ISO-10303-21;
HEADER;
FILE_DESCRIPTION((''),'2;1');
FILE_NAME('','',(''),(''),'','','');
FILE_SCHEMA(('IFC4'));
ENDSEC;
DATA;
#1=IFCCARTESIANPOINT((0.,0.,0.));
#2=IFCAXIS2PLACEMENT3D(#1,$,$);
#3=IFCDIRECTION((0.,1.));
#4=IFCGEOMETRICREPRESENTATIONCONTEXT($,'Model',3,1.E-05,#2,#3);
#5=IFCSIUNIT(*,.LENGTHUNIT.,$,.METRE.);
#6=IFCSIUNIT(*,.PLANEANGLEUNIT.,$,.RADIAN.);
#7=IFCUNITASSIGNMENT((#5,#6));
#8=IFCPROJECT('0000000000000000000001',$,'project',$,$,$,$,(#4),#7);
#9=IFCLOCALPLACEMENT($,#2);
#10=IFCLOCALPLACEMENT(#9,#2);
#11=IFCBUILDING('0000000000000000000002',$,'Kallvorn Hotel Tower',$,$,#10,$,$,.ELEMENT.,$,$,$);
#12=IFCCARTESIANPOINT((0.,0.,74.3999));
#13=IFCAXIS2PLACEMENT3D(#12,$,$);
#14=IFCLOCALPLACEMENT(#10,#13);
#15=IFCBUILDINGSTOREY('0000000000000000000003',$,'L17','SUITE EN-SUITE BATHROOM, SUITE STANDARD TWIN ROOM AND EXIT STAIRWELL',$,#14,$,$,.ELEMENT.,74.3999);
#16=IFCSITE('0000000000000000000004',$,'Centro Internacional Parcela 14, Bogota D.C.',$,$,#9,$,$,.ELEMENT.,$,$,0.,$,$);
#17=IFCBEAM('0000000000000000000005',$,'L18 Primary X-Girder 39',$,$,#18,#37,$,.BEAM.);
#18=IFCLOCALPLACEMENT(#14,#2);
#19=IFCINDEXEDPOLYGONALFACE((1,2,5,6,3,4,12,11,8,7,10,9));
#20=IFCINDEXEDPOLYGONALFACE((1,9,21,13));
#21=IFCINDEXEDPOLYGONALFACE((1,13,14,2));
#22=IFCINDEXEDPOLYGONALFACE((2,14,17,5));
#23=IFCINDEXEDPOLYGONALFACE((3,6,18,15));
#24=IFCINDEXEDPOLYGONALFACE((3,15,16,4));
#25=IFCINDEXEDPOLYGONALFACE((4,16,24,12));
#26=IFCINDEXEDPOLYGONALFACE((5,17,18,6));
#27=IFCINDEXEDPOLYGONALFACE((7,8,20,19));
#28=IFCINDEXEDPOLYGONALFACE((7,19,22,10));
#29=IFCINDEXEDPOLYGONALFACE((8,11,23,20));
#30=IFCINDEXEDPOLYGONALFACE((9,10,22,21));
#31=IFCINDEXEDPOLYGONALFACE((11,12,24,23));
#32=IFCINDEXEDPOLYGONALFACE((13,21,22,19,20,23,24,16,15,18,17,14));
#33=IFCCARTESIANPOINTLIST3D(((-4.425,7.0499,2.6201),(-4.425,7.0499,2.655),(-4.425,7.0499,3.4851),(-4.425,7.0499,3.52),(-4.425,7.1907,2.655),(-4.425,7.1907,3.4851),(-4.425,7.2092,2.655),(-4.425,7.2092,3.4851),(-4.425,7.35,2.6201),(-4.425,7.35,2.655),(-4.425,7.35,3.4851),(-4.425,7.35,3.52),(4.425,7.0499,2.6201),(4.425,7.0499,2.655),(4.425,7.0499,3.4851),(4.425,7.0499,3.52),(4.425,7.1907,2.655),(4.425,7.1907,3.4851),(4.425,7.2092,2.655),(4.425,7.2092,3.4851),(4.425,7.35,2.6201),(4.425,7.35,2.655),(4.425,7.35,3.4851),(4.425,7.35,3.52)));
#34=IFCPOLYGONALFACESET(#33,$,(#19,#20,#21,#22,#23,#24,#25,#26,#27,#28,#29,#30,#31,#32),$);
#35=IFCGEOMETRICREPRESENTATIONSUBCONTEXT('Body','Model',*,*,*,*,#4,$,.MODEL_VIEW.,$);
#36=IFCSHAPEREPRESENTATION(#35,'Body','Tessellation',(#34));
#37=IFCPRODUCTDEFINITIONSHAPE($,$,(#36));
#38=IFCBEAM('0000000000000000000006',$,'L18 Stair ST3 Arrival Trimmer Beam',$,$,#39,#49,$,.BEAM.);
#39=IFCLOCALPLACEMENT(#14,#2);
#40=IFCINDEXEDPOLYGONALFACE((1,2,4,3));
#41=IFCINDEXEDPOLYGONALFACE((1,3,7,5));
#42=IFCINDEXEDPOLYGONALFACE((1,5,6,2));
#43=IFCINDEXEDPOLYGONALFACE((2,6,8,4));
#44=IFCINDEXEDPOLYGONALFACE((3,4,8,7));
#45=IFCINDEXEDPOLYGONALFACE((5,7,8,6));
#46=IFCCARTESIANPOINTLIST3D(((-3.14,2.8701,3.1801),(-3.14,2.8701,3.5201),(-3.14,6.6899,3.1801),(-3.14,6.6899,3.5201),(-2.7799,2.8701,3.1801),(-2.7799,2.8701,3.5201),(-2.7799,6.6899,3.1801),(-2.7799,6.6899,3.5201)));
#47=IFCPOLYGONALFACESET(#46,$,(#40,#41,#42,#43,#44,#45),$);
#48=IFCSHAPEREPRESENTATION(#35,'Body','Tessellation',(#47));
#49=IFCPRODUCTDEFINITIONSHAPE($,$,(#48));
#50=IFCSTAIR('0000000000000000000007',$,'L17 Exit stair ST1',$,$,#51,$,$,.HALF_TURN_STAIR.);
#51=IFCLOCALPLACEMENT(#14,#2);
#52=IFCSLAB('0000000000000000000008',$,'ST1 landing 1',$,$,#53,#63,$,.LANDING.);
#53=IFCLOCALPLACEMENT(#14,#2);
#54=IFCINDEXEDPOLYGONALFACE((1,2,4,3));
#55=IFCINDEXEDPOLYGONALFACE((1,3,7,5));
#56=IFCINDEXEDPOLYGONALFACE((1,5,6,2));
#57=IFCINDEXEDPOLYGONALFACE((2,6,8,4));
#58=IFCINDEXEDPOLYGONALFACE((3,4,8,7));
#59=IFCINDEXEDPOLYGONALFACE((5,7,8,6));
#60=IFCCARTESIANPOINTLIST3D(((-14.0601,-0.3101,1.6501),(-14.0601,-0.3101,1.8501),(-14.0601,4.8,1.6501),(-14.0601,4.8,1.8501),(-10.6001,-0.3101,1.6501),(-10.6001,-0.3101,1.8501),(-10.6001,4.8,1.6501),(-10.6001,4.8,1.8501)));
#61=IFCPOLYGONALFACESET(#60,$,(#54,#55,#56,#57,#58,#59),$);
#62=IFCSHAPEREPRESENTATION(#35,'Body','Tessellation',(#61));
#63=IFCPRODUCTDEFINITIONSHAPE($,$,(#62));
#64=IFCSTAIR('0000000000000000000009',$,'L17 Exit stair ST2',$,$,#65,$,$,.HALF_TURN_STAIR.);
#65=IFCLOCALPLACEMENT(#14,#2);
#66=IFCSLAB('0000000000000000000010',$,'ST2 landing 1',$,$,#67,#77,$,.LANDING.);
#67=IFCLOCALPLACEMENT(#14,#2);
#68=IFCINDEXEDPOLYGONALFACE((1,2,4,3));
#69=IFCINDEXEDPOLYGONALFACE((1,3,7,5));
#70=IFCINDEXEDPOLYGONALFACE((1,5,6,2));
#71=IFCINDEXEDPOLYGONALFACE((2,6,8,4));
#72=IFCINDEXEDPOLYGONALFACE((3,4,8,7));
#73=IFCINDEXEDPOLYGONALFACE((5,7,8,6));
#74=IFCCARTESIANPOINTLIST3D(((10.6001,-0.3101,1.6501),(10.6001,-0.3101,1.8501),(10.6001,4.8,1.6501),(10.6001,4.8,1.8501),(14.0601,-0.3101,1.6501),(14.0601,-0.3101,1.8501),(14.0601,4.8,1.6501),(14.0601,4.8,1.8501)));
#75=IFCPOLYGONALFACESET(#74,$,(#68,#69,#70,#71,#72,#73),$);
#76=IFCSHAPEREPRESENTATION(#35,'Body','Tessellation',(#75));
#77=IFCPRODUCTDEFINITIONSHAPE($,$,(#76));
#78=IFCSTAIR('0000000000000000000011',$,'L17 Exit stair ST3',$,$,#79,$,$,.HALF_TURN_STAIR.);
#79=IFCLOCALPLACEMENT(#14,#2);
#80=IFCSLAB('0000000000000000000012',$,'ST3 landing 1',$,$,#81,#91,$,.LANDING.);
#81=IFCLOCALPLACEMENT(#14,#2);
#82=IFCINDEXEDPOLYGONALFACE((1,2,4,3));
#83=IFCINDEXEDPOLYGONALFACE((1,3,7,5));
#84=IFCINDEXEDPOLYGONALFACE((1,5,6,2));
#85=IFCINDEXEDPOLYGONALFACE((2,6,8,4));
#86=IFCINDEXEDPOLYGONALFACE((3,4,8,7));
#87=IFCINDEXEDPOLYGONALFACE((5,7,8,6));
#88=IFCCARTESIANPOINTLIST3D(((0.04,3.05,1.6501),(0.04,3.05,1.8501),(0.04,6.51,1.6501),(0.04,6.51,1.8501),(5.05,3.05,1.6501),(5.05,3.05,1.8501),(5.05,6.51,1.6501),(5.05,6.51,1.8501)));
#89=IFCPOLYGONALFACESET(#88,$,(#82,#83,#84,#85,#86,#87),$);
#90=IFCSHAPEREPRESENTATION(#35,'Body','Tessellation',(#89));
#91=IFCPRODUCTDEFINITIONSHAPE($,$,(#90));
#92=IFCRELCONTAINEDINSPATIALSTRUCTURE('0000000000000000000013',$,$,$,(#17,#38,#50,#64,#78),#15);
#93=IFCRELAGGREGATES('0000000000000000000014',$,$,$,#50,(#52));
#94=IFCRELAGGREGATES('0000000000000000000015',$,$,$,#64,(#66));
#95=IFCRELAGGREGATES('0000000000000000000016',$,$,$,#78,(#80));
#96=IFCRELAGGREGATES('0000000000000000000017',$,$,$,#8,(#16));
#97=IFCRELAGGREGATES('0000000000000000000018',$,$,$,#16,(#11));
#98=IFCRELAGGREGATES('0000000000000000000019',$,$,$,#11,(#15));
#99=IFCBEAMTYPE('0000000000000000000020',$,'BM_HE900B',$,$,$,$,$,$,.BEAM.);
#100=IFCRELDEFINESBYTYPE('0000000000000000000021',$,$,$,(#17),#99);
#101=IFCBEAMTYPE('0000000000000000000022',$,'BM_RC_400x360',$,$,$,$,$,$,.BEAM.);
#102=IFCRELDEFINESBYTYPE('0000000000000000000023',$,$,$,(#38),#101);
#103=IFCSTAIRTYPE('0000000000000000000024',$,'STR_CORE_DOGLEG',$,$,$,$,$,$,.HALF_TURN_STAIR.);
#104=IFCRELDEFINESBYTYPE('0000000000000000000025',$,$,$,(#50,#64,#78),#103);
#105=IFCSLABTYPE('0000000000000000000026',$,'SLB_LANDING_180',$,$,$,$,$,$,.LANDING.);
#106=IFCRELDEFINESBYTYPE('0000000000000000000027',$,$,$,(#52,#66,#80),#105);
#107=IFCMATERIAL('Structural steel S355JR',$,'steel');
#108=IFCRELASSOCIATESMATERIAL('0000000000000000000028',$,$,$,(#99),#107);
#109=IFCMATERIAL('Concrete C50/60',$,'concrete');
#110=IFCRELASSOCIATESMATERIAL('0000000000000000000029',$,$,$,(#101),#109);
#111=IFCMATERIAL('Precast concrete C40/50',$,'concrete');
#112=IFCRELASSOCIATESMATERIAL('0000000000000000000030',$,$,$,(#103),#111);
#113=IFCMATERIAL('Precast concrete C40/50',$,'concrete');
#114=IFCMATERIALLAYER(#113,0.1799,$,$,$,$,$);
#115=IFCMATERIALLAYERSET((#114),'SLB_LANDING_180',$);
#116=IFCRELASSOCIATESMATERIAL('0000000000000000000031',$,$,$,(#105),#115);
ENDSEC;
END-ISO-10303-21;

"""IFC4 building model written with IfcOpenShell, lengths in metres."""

from ifc_helpers import new_model, si_unit, direction, frame, origin, origin_2d, place, context, subcontext, project, spatial, polyline, rectangle, i_section, outline, extrude, material, layer, layer_set, material_profile, profile_set, type_object, element, aggregate, save


model = new_model("IFC4")

# Units and contexts
model_context = context("Model", 3, precision=1e-05, world=origin(), true_north=direction((0.0, 1.0)))
body_context = subcontext(model_context, "Body", "Model", "MODEL_VIEW")
ifc_project = project(units=[si_unit("LENGTHUNIT", "METRE"), si_unit("PLANEANGLEUNIT", "RADIAN")], contexts=[model_context])

# Site, building, storey
site_placement = place(None, origin())
site = spatial("IfcSite", under=ifc_project, at=site_placement, Name="Centro Internacional Parcela 14, Bogota D.C.", CompositionType="ELEMENT", RefElevation=0.0)
building_placement = place(site_placement, origin())
building = spatial("IfcBuilding", under=site, at=building_placement, Name="Kallvorn Hotel Tower", CompositionType="ELEMENT")
storey_placement = place(building_placement, frame((0.0, 0.0, 74.3999)))
storey = spatial("IfcBuildingStorey", under=building, at=storey_placement, Name="L17", Description="SUITE EN-SUITE BATHROOM, SUITE STANDARD TWIN ROOM AND EXIT STAIRWELL", CompositionType="ELEMENT", Elevation=74.3999)

# Beams
ifc_material_1 = material(Name="Structural steel S355JR", Category="steel")
ifc_material_profile_1 = material_profile(ifc_material_1, i_section(OverallWidth=0.3, OverallDepth=0.8999, WebThickness=0.0186, FlangeThickness=0.0349, at=origin_2d()), Name="HE 900 B")
ifc_profile_set_1 = profile_set([ifc_material_profile_1], Name="Structural steel S355JR")
beam_type_1 = type_object("IfcBeamType", Name="BM_HE900B", PredefinedType="BEAM", material=ifc_profile_set_1)
beam_1_placement = place(storey_placement, frame((-4.425, 7.2, 3.0701), z_axis=(1.0, 0.0, 0.0), x_axis=(0.0, 1.0, 0.0)))
element("IfcBeam", 1, at=beam_1_placement, inside=storey, type_object=beam_type_1, Name="L18 Primary X-Girder 39", PredefinedType="BEAM", context=body_context, shape_type="SweptSolid", body=[
    extrude(i_section(OverallWidth=0.3, OverallDepth=0.8999, WebThickness=0.0186, FlangeThickness=0.0349, at=origin_2d()), origin(), (0.0, 0.0, 1.0), 8.8501),
])
ifc_material_2 = material(Name="Concrete C50/60", Category="concrete")
ifc_material_profile_2 = material_profile(ifc_material_2, rectangle(XDim=0.3601, YDim=0.3401, at=origin_2d()), Name="RC 360x340")
ifc_profile_set_2 = profile_set([ifc_material_profile_2], Name="Concrete C50/60")
beam_type_2 = type_object("IfcBeamType", Name="BM_RC_400x360", PredefinedType="BEAM", material=ifc_profile_set_2)
beam_2_placement = place(storey_placement, frame((-2.96, 2.8701, 3.3501), z_axis=(0.0, 1.0, 0.0), x_axis=(-1.0, 0.0, 0.0)))
element("IfcBeam", 2, at=beam_2_placement, inside=storey, type_object=beam_type_2, Name="L18 Stair ST3 Arrival Trimmer Beam", PredefinedType="BEAM", context=body_context, shape_type="SweptSolid", body=[
    extrude(rectangle(XDim=0.3601, YDim=0.3401, at=origin_2d()), origin(), (0.0, 0.0, 1.0), 3.8198),
])

# Stairs, slabs
ifc_material_3 = material(Name="Precast concrete C40/50", Category="concrete")
stair_type = type_object("IfcStairType", Name="STR_CORE_DOGLEG", PredefinedType="HALF_TURN_STAIR", material=ifc_material_3)
stair_1_placement = place(storey_placement, origin())
stair_1 = element("IfcStair", 3, at=stair_1_placement, inside=storey, type_object=stair_type, Name="L17 Exit stair ST1", PredefinedType="HALF_TURN_STAIR")
ifc_material_4 = material(Name="Precast concrete C40/50", Category="concrete")
ifc_layer_1 = layer(ifc_material_4, 0.1799)
ifc_layer_set_1 = layer_set([ifc_layer_1], Name="SLB_LANDING_180")
slab_type_1 = type_object("IfcSlabType", Name="SLB_LANDING_180", PredefinedType="LANDING", material=ifc_layer_set_1)
slab_1_placement = place(storey_placement, frame((0.0, 0.0, 1.6501)))
slab_1 = element("IfcSlab", 4, at=slab_1_placement, type_object=slab_type_1, Name="ST1 landing 1", PredefinedType="LANDING", context=body_context, shape_type="SweptSolid", body=[
    extrude(outline(polyline([(-10.6001, -0.3101), (-10.6001, 4.8), (-14.0601, 4.8), (-14.0601, -0.3101), (-10.6001, -0.3101)])), origin(), (0.0, 0.0, 1.0), 0.2),
])
aggregate(stair_1, [slab_1])
stair_2_placement = place(storey_placement, origin())
stair_2 = element("IfcStair", 5, at=stair_2_placement, inside=storey, type_object=stair_type, Name="L17 Exit stair ST2", PredefinedType="HALF_TURN_STAIR")
slab_2_placement = place(storey_placement, frame((0.0, 0.0, 1.6501)))
slab_2 = element("IfcSlab", 6, at=slab_2_placement, type_object=slab_type_1, Name="ST2 landing 1", PredefinedType="LANDING", context=body_context, shape_type="SweptSolid", body=[
    extrude(outline(polyline([(14.0601, -0.3101), (14.0601, 4.8), (10.6001, 4.8), (10.6001, -0.3101), (14.0601, -0.3101)])), origin(), (0.0, 0.0, 1.0), 0.2),
])
aggregate(stair_2, [slab_2])
stair_3_placement = place(storey_placement, origin())
stair_3 = element("IfcStair", 7, at=stair_3_placement, inside=storey, type_object=stair_type, Name="L17 Exit stair ST3", PredefinedType="HALF_TURN_STAIR")
slab_3_placement = place(storey_placement, frame((0.0, 0.0, 1.6501)))
slab_3 = element("IfcSlab", 8, at=slab_3_placement, type_object=slab_type_1, Name="ST3 landing 1", PredefinedType="LANDING", context=body_context, shape_type="SweptSolid", body=[
    extrude(outline(polyline([(0.04, 3.05), (5.05, 3.05), (5.05, 6.51), (0.04, 6.51), (0.04, 3.05)])), origin(), (0.0, 0.0, 1.0), 0.2),
])

aggregate(stair_3, [slab_3])

save(model, "model.ifc")
